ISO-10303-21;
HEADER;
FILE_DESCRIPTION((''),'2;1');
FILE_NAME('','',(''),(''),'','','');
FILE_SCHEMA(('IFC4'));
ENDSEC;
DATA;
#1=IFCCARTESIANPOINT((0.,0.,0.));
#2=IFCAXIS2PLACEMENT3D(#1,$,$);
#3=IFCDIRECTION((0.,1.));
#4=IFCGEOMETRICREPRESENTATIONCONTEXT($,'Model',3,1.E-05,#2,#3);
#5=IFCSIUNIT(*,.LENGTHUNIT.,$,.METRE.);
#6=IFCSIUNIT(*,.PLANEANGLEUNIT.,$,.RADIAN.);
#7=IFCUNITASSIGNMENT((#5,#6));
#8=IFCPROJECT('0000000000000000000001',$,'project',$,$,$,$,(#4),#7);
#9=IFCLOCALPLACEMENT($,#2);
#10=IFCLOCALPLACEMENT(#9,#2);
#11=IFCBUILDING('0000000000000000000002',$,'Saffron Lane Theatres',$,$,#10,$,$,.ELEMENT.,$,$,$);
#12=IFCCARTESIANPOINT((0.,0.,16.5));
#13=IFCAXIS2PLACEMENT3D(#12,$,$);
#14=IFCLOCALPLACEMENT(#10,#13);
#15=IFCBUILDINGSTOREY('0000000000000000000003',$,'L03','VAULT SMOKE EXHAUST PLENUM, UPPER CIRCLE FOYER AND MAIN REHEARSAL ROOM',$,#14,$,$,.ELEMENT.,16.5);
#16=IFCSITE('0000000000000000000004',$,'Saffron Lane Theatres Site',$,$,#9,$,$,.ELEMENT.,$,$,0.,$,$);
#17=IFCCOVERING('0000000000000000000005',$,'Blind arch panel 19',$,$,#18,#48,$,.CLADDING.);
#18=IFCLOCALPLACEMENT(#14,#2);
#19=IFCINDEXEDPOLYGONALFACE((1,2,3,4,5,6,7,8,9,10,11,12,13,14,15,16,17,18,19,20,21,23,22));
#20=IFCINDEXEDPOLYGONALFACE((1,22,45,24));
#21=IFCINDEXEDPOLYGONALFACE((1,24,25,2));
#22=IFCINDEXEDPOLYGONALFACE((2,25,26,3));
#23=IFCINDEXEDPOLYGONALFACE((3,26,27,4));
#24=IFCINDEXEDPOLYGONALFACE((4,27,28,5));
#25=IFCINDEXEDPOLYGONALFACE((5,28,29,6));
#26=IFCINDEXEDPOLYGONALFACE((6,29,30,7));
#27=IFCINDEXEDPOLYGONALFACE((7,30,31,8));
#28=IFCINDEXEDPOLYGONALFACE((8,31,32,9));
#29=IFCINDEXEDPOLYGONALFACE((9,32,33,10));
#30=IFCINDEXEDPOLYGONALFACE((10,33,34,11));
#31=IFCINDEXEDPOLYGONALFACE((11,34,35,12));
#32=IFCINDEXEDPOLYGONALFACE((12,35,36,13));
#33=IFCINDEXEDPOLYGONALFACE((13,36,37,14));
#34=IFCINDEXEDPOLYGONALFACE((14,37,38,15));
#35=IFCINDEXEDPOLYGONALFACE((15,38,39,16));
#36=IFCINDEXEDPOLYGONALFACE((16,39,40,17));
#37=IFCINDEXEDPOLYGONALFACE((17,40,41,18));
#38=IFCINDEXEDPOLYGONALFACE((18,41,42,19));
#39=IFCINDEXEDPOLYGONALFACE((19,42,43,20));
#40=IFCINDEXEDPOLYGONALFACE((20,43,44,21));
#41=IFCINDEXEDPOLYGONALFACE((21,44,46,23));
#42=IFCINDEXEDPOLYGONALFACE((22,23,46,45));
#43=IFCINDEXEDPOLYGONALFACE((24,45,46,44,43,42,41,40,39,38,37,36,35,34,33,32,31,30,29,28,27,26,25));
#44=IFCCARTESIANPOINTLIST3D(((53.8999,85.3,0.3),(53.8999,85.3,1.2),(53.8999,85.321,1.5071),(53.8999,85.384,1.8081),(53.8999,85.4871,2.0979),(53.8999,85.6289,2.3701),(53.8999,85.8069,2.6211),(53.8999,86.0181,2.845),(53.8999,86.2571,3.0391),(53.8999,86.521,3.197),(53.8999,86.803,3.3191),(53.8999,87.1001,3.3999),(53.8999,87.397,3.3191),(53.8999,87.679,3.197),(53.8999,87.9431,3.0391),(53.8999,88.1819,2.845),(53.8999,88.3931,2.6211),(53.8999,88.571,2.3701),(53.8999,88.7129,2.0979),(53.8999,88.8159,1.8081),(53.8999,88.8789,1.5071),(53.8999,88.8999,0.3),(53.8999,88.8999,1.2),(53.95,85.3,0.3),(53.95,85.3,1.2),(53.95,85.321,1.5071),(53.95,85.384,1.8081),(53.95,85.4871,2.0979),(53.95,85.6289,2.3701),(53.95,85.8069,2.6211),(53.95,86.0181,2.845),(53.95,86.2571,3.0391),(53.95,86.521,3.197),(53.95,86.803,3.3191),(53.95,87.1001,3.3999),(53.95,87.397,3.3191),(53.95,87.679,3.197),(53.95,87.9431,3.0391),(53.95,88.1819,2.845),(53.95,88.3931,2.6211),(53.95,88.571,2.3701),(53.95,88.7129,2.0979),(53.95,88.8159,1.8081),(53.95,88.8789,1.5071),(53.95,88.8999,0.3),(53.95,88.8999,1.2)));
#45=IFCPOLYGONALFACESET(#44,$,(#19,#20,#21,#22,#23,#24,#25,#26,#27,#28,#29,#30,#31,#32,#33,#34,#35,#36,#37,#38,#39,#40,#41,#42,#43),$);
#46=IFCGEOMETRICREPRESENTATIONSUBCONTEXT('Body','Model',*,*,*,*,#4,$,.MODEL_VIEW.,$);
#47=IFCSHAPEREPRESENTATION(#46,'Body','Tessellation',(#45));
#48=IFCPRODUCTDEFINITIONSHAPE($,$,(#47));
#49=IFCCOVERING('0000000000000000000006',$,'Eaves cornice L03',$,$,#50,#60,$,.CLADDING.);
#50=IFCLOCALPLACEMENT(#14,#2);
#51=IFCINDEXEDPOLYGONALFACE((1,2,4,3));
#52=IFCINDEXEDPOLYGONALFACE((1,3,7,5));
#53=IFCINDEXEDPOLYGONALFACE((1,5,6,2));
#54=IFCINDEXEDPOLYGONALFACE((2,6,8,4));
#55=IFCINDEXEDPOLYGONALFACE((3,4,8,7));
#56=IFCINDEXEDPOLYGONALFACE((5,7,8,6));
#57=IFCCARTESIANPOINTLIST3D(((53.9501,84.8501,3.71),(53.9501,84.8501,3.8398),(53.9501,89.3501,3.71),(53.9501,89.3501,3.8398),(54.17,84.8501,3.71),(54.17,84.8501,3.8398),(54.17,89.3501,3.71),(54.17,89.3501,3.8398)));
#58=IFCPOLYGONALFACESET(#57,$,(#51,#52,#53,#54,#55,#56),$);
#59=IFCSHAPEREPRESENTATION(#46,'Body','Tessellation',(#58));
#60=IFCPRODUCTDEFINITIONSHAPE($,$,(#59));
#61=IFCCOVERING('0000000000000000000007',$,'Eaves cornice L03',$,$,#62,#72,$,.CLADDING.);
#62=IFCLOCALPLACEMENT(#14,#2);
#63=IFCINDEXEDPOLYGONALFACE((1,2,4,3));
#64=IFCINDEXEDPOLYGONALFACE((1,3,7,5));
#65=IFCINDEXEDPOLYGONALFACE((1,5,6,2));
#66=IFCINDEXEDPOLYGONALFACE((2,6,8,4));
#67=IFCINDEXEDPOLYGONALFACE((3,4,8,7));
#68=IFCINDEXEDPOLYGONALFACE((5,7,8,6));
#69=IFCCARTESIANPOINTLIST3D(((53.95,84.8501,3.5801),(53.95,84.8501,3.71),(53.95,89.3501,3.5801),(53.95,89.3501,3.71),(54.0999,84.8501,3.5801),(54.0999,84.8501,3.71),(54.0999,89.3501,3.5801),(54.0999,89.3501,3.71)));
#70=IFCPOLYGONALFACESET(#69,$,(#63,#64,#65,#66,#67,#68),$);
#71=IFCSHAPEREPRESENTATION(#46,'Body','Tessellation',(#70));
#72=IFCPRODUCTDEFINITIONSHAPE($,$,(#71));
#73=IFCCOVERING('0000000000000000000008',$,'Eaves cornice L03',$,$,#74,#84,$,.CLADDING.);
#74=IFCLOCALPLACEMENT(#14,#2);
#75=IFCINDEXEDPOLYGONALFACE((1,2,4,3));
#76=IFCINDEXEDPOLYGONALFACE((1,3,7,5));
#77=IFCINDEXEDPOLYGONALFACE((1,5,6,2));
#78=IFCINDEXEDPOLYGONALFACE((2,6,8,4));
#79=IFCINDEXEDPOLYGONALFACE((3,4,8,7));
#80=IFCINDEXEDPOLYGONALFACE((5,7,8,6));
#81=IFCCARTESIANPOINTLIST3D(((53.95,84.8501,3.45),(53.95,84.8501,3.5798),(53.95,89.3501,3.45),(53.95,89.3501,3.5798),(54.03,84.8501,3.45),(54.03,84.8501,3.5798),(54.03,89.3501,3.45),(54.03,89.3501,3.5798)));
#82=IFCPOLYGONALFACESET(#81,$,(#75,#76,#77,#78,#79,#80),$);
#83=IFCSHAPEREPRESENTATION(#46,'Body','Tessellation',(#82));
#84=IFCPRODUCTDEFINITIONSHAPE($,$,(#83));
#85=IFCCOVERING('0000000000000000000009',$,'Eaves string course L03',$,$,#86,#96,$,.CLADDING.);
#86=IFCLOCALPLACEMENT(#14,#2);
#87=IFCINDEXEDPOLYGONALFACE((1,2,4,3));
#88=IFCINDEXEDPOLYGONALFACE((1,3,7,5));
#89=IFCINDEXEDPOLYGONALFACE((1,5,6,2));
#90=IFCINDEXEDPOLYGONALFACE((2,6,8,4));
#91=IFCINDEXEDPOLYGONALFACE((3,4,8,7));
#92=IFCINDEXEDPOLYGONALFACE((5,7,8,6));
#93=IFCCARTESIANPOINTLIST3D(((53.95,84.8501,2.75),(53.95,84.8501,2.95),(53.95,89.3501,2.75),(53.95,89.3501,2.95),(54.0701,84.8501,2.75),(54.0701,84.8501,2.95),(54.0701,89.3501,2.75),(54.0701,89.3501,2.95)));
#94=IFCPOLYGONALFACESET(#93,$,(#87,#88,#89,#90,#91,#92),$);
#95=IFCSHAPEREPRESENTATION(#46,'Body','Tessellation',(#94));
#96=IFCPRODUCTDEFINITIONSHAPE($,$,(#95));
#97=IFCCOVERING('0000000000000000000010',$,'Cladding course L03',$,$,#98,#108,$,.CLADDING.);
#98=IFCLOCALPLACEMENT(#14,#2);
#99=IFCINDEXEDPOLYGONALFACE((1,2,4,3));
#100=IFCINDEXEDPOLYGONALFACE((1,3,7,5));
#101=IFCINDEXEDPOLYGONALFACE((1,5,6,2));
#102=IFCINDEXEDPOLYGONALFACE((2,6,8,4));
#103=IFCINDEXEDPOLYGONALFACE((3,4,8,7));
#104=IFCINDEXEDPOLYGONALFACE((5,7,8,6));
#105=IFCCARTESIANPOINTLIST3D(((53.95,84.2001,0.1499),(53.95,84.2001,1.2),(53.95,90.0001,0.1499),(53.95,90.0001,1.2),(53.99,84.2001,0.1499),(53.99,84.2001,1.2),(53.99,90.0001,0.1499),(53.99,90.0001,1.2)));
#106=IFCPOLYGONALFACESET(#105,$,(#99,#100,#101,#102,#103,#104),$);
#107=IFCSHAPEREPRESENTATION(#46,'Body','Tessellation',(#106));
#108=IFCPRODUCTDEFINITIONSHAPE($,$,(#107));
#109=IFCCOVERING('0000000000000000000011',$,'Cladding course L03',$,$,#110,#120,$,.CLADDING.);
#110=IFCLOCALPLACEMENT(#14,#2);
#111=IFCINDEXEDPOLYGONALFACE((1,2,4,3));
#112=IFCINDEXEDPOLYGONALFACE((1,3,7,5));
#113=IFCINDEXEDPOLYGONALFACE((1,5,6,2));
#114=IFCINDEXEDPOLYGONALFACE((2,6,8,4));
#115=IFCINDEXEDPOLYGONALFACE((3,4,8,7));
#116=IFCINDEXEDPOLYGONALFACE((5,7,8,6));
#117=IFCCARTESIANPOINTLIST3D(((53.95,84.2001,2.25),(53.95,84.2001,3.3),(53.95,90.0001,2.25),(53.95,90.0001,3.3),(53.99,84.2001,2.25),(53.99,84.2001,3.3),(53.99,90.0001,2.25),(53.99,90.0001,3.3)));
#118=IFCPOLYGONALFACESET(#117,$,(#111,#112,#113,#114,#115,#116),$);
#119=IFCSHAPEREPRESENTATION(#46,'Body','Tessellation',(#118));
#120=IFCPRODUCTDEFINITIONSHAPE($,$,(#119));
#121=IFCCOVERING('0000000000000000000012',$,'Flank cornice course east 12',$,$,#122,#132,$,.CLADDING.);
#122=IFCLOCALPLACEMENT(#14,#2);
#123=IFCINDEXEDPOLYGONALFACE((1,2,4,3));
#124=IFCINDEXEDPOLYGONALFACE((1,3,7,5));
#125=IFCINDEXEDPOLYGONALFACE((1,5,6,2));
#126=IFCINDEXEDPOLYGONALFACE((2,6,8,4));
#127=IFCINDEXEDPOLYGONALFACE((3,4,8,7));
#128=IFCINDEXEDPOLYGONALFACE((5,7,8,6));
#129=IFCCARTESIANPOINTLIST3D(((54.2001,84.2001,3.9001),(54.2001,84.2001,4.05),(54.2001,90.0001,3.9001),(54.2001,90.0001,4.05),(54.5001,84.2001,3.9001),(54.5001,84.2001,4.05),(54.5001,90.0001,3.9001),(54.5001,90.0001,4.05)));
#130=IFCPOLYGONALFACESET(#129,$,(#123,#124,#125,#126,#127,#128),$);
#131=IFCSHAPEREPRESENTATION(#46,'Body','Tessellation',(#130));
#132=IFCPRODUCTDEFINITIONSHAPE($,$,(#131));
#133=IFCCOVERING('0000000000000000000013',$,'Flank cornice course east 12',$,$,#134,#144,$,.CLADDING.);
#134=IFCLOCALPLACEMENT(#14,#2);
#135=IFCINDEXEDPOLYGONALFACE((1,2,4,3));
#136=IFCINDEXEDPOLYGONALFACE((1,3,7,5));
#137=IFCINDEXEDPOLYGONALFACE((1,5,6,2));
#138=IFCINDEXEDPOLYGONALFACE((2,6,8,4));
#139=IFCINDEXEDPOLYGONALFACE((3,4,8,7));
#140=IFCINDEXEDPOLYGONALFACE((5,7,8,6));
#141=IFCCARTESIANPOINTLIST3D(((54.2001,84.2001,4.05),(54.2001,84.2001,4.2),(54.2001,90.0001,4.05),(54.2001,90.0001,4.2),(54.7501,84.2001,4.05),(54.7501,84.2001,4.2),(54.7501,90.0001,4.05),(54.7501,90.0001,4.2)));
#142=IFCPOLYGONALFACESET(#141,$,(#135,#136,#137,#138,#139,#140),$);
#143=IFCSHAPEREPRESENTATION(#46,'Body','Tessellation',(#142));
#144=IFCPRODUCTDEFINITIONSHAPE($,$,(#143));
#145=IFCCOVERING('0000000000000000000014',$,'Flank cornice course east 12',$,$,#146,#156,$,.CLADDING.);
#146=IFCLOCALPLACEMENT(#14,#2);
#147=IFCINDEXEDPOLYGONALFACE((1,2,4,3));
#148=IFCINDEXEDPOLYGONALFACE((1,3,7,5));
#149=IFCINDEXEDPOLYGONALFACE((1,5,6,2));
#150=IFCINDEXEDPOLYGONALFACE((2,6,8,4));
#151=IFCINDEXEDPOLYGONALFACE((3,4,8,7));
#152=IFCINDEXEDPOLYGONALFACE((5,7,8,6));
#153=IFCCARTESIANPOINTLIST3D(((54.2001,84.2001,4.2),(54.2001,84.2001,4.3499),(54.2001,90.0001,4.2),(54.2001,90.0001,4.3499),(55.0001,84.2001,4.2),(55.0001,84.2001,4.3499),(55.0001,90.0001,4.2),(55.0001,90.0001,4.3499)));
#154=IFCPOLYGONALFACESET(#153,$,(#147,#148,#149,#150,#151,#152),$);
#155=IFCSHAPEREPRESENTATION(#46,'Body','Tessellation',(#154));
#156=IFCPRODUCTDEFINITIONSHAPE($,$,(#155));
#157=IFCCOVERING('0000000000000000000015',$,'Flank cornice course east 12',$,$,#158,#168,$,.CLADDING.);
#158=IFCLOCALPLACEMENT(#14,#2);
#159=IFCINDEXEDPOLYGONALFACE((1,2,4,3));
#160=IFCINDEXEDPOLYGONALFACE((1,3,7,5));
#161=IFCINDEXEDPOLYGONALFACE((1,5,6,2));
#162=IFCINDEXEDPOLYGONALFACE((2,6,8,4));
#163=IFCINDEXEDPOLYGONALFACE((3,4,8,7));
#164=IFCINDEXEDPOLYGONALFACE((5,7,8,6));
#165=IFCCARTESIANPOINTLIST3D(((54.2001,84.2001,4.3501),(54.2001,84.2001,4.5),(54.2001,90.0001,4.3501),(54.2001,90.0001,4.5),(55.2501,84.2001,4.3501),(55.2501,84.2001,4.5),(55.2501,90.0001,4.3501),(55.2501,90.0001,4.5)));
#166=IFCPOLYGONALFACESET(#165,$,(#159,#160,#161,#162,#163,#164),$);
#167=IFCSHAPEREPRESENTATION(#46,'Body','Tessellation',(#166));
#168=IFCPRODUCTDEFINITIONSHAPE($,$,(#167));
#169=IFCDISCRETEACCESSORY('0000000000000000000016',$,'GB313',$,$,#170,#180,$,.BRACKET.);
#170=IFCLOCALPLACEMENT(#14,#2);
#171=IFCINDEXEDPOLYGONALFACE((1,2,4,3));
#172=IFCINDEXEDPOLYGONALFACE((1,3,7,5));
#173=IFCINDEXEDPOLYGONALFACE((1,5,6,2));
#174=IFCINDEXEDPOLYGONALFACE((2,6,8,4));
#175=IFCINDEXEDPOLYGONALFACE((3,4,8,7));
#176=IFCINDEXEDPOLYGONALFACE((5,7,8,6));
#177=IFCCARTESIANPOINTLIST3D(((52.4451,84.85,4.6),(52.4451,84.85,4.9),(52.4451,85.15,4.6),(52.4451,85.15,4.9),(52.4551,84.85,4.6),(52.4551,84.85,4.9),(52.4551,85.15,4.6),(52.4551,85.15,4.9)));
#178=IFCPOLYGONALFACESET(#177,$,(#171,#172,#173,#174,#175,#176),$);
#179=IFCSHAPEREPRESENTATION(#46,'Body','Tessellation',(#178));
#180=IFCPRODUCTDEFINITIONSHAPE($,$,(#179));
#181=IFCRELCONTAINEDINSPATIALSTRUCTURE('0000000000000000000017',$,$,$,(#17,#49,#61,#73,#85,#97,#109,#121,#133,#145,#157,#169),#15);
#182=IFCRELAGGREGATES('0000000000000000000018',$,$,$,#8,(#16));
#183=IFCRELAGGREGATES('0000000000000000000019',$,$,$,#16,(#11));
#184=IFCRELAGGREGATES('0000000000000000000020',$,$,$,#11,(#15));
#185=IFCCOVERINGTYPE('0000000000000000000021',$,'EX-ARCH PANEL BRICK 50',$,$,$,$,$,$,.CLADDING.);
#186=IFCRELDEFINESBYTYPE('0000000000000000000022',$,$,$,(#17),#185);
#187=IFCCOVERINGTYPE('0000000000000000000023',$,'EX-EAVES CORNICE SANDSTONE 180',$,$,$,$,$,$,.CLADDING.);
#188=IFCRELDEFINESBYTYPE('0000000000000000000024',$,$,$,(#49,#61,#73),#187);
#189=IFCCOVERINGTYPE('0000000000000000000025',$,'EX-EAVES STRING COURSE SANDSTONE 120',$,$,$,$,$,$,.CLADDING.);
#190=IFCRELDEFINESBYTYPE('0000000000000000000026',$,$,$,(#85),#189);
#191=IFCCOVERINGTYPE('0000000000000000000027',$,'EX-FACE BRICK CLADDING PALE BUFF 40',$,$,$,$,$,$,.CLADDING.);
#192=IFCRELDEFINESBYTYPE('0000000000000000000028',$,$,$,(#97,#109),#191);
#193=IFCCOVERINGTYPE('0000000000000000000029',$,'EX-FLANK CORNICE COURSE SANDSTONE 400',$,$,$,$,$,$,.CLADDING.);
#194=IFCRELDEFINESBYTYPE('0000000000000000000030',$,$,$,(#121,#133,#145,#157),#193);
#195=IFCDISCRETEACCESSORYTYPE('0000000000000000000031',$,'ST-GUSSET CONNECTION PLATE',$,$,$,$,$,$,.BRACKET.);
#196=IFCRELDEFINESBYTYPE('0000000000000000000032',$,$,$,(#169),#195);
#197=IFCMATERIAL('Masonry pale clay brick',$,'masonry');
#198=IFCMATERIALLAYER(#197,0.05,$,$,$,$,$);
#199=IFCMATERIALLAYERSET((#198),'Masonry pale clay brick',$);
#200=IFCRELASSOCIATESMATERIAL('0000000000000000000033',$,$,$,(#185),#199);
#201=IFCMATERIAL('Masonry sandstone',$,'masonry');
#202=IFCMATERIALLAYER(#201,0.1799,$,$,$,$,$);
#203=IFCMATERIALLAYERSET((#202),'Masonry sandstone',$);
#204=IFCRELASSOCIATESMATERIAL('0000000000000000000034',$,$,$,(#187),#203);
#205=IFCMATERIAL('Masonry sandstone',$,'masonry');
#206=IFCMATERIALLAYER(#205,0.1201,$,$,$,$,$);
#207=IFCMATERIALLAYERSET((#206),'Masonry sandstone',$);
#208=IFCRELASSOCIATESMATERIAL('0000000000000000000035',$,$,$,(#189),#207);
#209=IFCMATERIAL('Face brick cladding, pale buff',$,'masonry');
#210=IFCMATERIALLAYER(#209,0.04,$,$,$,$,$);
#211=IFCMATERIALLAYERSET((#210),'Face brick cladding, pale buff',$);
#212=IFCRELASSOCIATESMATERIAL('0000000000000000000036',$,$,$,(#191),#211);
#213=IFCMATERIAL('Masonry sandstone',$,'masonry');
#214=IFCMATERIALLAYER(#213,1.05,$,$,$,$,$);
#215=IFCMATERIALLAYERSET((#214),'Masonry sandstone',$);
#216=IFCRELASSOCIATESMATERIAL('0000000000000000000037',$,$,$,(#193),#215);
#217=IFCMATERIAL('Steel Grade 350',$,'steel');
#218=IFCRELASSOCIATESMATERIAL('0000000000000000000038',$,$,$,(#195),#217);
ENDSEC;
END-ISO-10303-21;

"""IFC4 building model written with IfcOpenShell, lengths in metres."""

from ifc_helpers import new_model, si_unit, direction, frame, origin, origin_2d, place, context, subcontext, project, spatial, polyline, rectangle, outline, extrude, material, layer, layer_set, material_profile, profile_set, type_object, element, save


model = new_model("IFC4")

# Units and contexts
model_context = context("Model", 3, precision=1e-05, world=origin(), true_north=direction((0.0, 1.0)))
body_context = subcontext(model_context, "Body", "Model", "MODEL_VIEW")
ifc_project = project(units=[si_unit("LENGTHUNIT", "METRE"), si_unit("PLANEANGLEUNIT", "RADIAN")], contexts=[model_context])

# Site, building, storey
site_placement = place(None, origin())
site = spatial("IfcSite", under=ifc_project, at=site_placement, Name="Saffron Lane Theatres Site", CompositionType="ELEMENT", RefElevation=0.0)
building_placement = place(site_placement, origin())
building = spatial("IfcBuilding", under=site, at=building_placement, Name="Saffron Lane Theatres", CompositionType="ELEMENT")
storey_placement = place(building_placement, frame((0.0, 0.0, 16.5)))
storey = spatial("IfcBuildingStorey", under=building, at=storey_placement, Name="L03", Description="VAULT SMOKE EXHAUST PLENUM, UPPER CIRCLE FOYER AND MAIN REHEARSAL ROOM", CompositionType="ELEMENT", Elevation=16.5)

# Coverings
ifc_material_1 = material(Name="Masonry pale clay brick", Category="masonry")
ifc_layer_1 = layer(ifc_material_1, 0.05)
ifc_layer_set_1 = layer_set([ifc_layer_1], Name="Masonry pale clay brick")
covering_type_1 = type_object("IfcCoveringType", Name="EX-ARCH PANEL BRICK 50", PredefinedType="CLADDING", material=ifc_layer_set_1)
covering_1_placement = place(storey_placement, frame((53.8999, 88.8999, 1.2), z_axis=(-1.0, 0.0, 0.0), x_axis=(0.0, 0.0, -1.0)))
element("IfcCovering", 1, at=covering_1_placement, inside=storey, type_object=covering_type_1, Name="Blind arch panel 19", PredefinedType="CLADDING", context=body_context, shape_type="SweptSolid", body=[
    extrude(outline(polyline([(0.0, 0.0), (0.8999, 0.0), (0.8999, 3.5999), (0.0, 3.5999), (-0.3071, 3.5789), (-0.6082, 3.5159), (-0.8979, 3.4128), (-1.1702, 3.271), (-1.4211, 3.093), (-1.645, 2.8818), (-1.8391, 2.6428), (-1.9971, 2.3789), (-2.1191, 2.0969), (-2.2, 1.7998), (-2.1191, 1.5029), (-1.9971, 1.2209), (-1.8391, 0.9568), (-1.645, 0.718), (-1.4211, 0.5068), (-1.1702, 0.3289), (-0.8979, 0.187), (-0.6082, 0.084), (-0.3071, 0.021), (0.0, 0.0)])), origin(), (0.0, 0.0, -1.0), 0.05),
])
ifc_material_2 = material(Name="Masonry sandstone", Category="masonry")
ifc_layer_2 = layer(ifc_material_2, 0.1799)
ifc_layer_set_2 = layer_set([ifc_layer_2], Name="Masonry sandstone")
covering_type_2 = type_object("IfcCoveringType", Name="EX-EAVES CORNICE SANDSTONE 180", PredefinedType="CLADDING", material=ifc_layer_set_2)
covering_2_placement = place(storey_placement, frame((54.0601, 87.1001, 3.71), z_axis=(0.0, 0.0, 1.0), x_axis=(0.0, -1.0, 0.0)))
element("IfcCovering", 2, at=covering_2_placement, inside=storey, type_object=covering_type_2, Name="Eaves cornice L03", PredefinedType="CLADDING", context=body_context, shape_type="SweptSolid", body=[
    extrude(rectangle(XDim=4.5, YDim=0.22, at=origin_2d()), origin(), (0.0, 0.0, 1.0), 0.1299),
])
covering_3_placement = place(storey_placement, frame((54.0249, 87.1001, 3.5801), z_axis=(0.0, 0.0, 1.0), x_axis=(0.0, -1.0, 0.0)))
element("IfcCovering", 3, at=covering_3_placement, inside=storey, type_object=covering_type_2, Name="Eaves cornice L03", PredefinedType="CLADDING", context=body_context, shape_type="SweptSolid", body=[
    extrude(rectangle(XDim=4.5, YDim=0.1499, at=origin_2d()), origin(), (0.0, 0.0, 1.0), 0.1299),
])
covering_4_placement = place(storey_placement, frame((53.99, 87.1001, 3.45), z_axis=(0.0, 0.0, 1.0), x_axis=(0.0, -1.0, 0.0)))
element("IfcCovering", 4, at=covering_4_placement, inside=storey, type_object=covering_type_2, Name="Eaves cornice L03", PredefinedType="CLADDING", context=body_context, shape_type="SweptSolid", body=[
    extrude(rectangle(XDim=4.5, YDim=0.0801, at=origin_2d()), origin(), (0.0, 0.0, 1.0), 0.1299),
])
ifc_material_3 = material(Name="Masonry sandstone", Category="masonry")
ifc_layer_3 = layer(ifc_material_3, 0.1201)
ifc_layer_set_3 = layer_set([ifc_layer_3], Name="Masonry sandstone")
covering_type_3 = type_object("IfcCoveringType", Name="EX-EAVES STRING COURSE SANDSTONE 120", PredefinedType="CLADDING", material=ifc_layer_set_3)
covering_5_placement = place(storey_placement, frame((54.01, 87.1001, 2.75), z_axis=(0.0, 0.0, 1.0), x_axis=(0.0, -1.0, 0.0)))
element("IfcCovering", 5, at=covering_5_placement, inside=storey, type_object=covering_type_3, Name="Eaves string course L03", PredefinedType="CLADDING", context=body_context, shape_type="SweptSolid", body=[
    extrude(rectangle(XDim=4.5, YDim=0.1201, at=origin_2d()), origin(), (0.0, 0.0, 1.0), 0.2),
])
ifc_material_4 = material(Name="Face brick cladding, pale buff", Category="masonry")
ifc_layer_4 = layer(ifc_material_4, 0.04)
ifc_layer_set_4 = layer_set([ifc_layer_4], Name="Face brick cladding, pale buff")
covering_type_4 = type_object("IfcCoveringType", Name="EX-FACE BRICK CLADDING PALE BUFF 40", PredefinedType="CLADDING", material=ifc_layer_set_4)
for number, where, z_axis, x_axis, name in (
    (6, (53.97, 87.1001, 0.1499), (0.0, 0.0, 1.0), (0.0, -1.0, 0.0), "Cladding course L03"),
    (7, (53.97, 87.1001, 2.25), (0.0, 0.0, 1.0), (0.0, -1.0, 0.0), "Cladding course L03"),
):
    element("IfcCovering", number, at=place(storey_placement, frame(where, z_axis=z_axis, x_axis=x_axis)), inside=storey, type_object=covering_type_4, Name=name, PredefinedType="CLADDING", context=body_context, shape_type="SweptSolid", body=[
        extrude(rectangle(XDim=5.8, YDim=0.04, at=origin_2d()), origin(), (0.0, 0.0, 1.0), 1.05),
    ])
ifc_material_5 = material(Name="Masonry sandstone", Category="masonry")
ifc_layer_5 = layer(ifc_material_5, 1.05)
ifc_layer_set_5 = layer_set([ifc_layer_5], Name="Masonry sandstone")
covering_type_5 = type_object("IfcCoveringType", Name="EX-FLANK CORNICE COURSE SANDSTONE 400", PredefinedType="CLADDING", material=ifc_layer_set_5)
covering_6_placement = place(storey_placement, frame((54.3501, 87.1001, 3.9001), z_axis=(0.0, 0.0, 1.0), x_axis=(0.0, 1.0, 0.0)))
element("IfcCovering", 8, at=covering_6_placement, inside=storey, type_object=covering_type_5, Name="Flank cornice course east 12", PredefinedType="CLADDING", context=body_context, shape_type="SweptSolid", body=[
    extrude(rectangle(XDim=5.8, YDim=0.3, at=origin_2d()), origin(), (0.0, 0.0, 1.0), 0.1499),
])
covering_7_placement = place(storey_placement, frame((54.4751, 87.1001, 4.05), z_axis=(0.0, 0.0, 1.0), x_axis=(0.0, 1.0, 0.0)))
element("IfcCovering", 9, at=covering_7_placement, inside=storey, type_object=covering_type_5, Name="Flank cornice course east 12", PredefinedType="CLADDING", context=body_context, shape_type="SweptSolid", body=[
    extrude(rectangle(XDim=5.8, YDim=0.55, at=origin_2d()), origin(), (0.0, 0.0, 1.0), 0.1499),
])
covering_8_placement = place(storey_placement, frame((54.6001, 87.1001, 4.2), z_axis=(0.0, 0.0, 1.0), x_axis=(0.0, 1.0, 0.0)))
element("IfcCovering", 10, at=covering_8_placement, inside=storey, type_object=covering_type_5, Name="Flank cornice course east 12", PredefinedType="CLADDING", context=body_context, shape_type="SweptSolid", body=[
    extrude(rectangle(XDim=5.8, YDim=0.8, at=origin_2d()), origin(), (0.0, 0.0, 1.0), 0.1499),
])
covering_9_placement = place(storey_placement, frame((54.7251, 87.1001, 4.3501), z_axis=(0.0, 0.0, 1.0), x_axis=(0.0, 1.0, 0.0)))
element("IfcCovering", 11, at=covering_9_placement, inside=storey, type_object=covering_type_5, Name="Flank cornice course east 12", PredefinedType="CLADDING", context=body_context, shape_type="SweptSolid", body=[
    extrude(rectangle(XDim=5.8, YDim=1.05, at=origin_2d()), origin(), (0.0, 0.0, 1.0), 0.1499),
])

# Discrete accessory
ifc_material_6 = material(Name="Steel Grade 350", Category="steel")
ifc_material_profile_1 = material_profile(ifc_material_6, rectangle(XDim=0.3, YDim=0.3, at=origin_2d()))
ifc_profile_set_1 = profile_set([ifc_material_profile_1], Name="Steel Grade 350")
discrete_accessory_type_1 = type_object("IfcDiscreteAccessoryType", Name="ST-GUSSET CONNECTION PLATE", PredefinedType="BRACKET", material=ifc_profile_set_1)
for number, where, z_axis, x_axis, name in (
    (12, (52.4451, 85.0, 4.75), (1.0, 0.0, 0.0), (0.0, 1.0, 0.0), "GB313"),
):
    element("IfcDiscreteAccessory", number, at=place(storey_placement, frame(where, z_axis=z_axis, x_axis=x_axis)), inside=storey, type_object=discrete_accessory_type_1, Name=name, PredefinedType="BRACKET", context=body_context, shape_type="SweptSolid", body=[
        extrude(rectangle(XDim=0.3, YDim=0.3, at=origin_2d()), origin(), (0.0, 0.0, 1.0), 0.01),
    ])

save(model, "model.ifc")
